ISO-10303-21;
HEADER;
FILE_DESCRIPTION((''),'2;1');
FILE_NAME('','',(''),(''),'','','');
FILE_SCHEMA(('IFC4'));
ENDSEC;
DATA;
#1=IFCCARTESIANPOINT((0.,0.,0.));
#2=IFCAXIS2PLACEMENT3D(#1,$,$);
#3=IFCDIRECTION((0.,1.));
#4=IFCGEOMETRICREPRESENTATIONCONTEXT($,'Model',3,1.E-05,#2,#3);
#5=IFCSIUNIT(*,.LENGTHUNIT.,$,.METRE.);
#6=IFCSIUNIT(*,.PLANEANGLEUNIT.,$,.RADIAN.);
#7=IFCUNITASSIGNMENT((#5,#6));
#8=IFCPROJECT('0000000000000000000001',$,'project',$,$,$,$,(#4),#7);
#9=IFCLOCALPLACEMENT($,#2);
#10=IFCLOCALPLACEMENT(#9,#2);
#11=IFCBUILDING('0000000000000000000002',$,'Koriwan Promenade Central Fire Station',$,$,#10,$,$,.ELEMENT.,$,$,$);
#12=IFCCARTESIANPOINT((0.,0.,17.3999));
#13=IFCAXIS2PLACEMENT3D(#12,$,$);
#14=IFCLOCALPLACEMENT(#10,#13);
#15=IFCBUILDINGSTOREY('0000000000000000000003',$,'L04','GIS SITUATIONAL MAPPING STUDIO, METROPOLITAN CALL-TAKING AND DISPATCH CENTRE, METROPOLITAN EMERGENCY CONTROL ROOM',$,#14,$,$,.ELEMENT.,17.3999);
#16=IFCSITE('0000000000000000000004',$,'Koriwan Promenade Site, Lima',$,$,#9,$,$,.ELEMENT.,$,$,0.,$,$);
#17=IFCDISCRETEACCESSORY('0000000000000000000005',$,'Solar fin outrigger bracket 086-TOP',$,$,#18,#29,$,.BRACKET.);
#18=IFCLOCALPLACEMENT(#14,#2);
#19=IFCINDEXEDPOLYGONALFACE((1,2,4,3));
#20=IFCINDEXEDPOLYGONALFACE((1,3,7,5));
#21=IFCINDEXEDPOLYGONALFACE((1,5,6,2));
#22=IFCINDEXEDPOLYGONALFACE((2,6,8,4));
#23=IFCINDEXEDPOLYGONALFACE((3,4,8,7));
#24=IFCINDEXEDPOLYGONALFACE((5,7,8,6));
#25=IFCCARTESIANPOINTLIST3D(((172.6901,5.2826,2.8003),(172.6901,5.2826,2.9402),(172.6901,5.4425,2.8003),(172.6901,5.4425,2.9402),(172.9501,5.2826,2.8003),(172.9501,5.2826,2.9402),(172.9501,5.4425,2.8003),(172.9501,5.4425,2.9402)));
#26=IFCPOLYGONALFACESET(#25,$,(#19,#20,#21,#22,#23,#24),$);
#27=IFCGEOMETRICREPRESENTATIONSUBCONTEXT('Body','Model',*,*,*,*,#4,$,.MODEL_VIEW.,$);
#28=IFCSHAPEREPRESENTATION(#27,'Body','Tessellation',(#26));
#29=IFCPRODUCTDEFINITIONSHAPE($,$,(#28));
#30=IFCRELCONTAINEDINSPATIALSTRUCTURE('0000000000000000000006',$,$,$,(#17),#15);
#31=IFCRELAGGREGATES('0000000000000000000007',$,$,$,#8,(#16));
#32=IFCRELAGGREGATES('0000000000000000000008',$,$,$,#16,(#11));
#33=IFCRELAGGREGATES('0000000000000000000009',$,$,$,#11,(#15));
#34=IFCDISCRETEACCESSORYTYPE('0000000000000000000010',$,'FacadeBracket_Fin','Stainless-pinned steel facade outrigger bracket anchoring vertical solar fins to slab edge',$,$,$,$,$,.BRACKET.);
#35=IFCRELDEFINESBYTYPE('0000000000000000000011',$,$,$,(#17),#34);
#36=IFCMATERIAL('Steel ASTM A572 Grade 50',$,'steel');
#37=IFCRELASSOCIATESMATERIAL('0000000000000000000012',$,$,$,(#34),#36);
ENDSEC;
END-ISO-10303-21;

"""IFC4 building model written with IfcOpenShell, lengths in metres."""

from ifc_helpers import new_model, si_unit, direction, frame, origin, origin_2d, place, context, subcontext, project, spatial, rectangle, extrude, material, type_object, element, save


model = new_model("IFC4")

# Units and contexts
model_context = context("Model", 3, precision=1e-05, world=origin(), true_north=direction((0.0, 1.0)))
body_context = subcontext(model_context, "Body", "Model", "MODEL_VIEW")
ifc_project = project(units=[si_unit("LENGTHUNIT", "METRE"), si_unit("PLANEANGLEUNIT", "RADIAN")], contexts=[model_context])

# Site, building, storey
site_placement = place(None, origin())
site = spatial("IfcSite", under=ifc_project, at=site_placement, Name="Koriwan Promenade Site, Lima", CompositionType="ELEMENT", RefElevation=0.0)
building_placement = place(site_placement, origin())
building = spatial("IfcBuilding", under=site, at=building_placement, Name="Koriwan Promenade Central Fire Station", CompositionType="ELEMENT")
storey_placement = place(building_placement, frame((0.0, 0.0, 17.3999)))
storey = spatial("IfcBuildingStorey", under=building, at=storey_placement, Name="L04", Description="GIS SITUATIONAL MAPPING STUDIO, METROPOLITAN CALL-TAKING AND DISPATCH CENTRE, METROPOLITAN EMERGENCY CONTROL ROOM", CompositionType="ELEMENT", Elevation=17.3999)

# Discrete accessory
ifc_material_1 = material(Name="Steel ASTM A572 Grade 50", Category="steel")
discrete_accessory_type = type_object("IfcDiscreteAccessoryType", Name="FacadeBracket_Fin", Description="Stainless-pinned steel facade outrigger bracket anchoring vertical solar fins to slab edge", PredefinedType="BRACKET", material=ifc_material_1)
for number, where, z_axis, x_axis, name in (
    (1, (172.8201, 5.3625, 2.8003), (0.0, 0.0, 1.0), (1.0, 0.0, 0.0), "Solar fin outrigger bracket 086-TOP"),
):
    element("IfcDiscreteAccessory", number, at=place(storey_placement, frame(where, z_axis=z_axis, x_axis=x_axis)), inside=storey, type_object=discrete_accessory_type, Name=name, PredefinedType="BRACKET", context=body_context, shape_type="SweptSolid", body=[
        extrude(rectangle(XDim=0.26, YDim=0.1599, at=origin_2d()), origin(), (0.0, 0.0, 1.0), 0.1399),
    ])

save(model, "model.ifc")
